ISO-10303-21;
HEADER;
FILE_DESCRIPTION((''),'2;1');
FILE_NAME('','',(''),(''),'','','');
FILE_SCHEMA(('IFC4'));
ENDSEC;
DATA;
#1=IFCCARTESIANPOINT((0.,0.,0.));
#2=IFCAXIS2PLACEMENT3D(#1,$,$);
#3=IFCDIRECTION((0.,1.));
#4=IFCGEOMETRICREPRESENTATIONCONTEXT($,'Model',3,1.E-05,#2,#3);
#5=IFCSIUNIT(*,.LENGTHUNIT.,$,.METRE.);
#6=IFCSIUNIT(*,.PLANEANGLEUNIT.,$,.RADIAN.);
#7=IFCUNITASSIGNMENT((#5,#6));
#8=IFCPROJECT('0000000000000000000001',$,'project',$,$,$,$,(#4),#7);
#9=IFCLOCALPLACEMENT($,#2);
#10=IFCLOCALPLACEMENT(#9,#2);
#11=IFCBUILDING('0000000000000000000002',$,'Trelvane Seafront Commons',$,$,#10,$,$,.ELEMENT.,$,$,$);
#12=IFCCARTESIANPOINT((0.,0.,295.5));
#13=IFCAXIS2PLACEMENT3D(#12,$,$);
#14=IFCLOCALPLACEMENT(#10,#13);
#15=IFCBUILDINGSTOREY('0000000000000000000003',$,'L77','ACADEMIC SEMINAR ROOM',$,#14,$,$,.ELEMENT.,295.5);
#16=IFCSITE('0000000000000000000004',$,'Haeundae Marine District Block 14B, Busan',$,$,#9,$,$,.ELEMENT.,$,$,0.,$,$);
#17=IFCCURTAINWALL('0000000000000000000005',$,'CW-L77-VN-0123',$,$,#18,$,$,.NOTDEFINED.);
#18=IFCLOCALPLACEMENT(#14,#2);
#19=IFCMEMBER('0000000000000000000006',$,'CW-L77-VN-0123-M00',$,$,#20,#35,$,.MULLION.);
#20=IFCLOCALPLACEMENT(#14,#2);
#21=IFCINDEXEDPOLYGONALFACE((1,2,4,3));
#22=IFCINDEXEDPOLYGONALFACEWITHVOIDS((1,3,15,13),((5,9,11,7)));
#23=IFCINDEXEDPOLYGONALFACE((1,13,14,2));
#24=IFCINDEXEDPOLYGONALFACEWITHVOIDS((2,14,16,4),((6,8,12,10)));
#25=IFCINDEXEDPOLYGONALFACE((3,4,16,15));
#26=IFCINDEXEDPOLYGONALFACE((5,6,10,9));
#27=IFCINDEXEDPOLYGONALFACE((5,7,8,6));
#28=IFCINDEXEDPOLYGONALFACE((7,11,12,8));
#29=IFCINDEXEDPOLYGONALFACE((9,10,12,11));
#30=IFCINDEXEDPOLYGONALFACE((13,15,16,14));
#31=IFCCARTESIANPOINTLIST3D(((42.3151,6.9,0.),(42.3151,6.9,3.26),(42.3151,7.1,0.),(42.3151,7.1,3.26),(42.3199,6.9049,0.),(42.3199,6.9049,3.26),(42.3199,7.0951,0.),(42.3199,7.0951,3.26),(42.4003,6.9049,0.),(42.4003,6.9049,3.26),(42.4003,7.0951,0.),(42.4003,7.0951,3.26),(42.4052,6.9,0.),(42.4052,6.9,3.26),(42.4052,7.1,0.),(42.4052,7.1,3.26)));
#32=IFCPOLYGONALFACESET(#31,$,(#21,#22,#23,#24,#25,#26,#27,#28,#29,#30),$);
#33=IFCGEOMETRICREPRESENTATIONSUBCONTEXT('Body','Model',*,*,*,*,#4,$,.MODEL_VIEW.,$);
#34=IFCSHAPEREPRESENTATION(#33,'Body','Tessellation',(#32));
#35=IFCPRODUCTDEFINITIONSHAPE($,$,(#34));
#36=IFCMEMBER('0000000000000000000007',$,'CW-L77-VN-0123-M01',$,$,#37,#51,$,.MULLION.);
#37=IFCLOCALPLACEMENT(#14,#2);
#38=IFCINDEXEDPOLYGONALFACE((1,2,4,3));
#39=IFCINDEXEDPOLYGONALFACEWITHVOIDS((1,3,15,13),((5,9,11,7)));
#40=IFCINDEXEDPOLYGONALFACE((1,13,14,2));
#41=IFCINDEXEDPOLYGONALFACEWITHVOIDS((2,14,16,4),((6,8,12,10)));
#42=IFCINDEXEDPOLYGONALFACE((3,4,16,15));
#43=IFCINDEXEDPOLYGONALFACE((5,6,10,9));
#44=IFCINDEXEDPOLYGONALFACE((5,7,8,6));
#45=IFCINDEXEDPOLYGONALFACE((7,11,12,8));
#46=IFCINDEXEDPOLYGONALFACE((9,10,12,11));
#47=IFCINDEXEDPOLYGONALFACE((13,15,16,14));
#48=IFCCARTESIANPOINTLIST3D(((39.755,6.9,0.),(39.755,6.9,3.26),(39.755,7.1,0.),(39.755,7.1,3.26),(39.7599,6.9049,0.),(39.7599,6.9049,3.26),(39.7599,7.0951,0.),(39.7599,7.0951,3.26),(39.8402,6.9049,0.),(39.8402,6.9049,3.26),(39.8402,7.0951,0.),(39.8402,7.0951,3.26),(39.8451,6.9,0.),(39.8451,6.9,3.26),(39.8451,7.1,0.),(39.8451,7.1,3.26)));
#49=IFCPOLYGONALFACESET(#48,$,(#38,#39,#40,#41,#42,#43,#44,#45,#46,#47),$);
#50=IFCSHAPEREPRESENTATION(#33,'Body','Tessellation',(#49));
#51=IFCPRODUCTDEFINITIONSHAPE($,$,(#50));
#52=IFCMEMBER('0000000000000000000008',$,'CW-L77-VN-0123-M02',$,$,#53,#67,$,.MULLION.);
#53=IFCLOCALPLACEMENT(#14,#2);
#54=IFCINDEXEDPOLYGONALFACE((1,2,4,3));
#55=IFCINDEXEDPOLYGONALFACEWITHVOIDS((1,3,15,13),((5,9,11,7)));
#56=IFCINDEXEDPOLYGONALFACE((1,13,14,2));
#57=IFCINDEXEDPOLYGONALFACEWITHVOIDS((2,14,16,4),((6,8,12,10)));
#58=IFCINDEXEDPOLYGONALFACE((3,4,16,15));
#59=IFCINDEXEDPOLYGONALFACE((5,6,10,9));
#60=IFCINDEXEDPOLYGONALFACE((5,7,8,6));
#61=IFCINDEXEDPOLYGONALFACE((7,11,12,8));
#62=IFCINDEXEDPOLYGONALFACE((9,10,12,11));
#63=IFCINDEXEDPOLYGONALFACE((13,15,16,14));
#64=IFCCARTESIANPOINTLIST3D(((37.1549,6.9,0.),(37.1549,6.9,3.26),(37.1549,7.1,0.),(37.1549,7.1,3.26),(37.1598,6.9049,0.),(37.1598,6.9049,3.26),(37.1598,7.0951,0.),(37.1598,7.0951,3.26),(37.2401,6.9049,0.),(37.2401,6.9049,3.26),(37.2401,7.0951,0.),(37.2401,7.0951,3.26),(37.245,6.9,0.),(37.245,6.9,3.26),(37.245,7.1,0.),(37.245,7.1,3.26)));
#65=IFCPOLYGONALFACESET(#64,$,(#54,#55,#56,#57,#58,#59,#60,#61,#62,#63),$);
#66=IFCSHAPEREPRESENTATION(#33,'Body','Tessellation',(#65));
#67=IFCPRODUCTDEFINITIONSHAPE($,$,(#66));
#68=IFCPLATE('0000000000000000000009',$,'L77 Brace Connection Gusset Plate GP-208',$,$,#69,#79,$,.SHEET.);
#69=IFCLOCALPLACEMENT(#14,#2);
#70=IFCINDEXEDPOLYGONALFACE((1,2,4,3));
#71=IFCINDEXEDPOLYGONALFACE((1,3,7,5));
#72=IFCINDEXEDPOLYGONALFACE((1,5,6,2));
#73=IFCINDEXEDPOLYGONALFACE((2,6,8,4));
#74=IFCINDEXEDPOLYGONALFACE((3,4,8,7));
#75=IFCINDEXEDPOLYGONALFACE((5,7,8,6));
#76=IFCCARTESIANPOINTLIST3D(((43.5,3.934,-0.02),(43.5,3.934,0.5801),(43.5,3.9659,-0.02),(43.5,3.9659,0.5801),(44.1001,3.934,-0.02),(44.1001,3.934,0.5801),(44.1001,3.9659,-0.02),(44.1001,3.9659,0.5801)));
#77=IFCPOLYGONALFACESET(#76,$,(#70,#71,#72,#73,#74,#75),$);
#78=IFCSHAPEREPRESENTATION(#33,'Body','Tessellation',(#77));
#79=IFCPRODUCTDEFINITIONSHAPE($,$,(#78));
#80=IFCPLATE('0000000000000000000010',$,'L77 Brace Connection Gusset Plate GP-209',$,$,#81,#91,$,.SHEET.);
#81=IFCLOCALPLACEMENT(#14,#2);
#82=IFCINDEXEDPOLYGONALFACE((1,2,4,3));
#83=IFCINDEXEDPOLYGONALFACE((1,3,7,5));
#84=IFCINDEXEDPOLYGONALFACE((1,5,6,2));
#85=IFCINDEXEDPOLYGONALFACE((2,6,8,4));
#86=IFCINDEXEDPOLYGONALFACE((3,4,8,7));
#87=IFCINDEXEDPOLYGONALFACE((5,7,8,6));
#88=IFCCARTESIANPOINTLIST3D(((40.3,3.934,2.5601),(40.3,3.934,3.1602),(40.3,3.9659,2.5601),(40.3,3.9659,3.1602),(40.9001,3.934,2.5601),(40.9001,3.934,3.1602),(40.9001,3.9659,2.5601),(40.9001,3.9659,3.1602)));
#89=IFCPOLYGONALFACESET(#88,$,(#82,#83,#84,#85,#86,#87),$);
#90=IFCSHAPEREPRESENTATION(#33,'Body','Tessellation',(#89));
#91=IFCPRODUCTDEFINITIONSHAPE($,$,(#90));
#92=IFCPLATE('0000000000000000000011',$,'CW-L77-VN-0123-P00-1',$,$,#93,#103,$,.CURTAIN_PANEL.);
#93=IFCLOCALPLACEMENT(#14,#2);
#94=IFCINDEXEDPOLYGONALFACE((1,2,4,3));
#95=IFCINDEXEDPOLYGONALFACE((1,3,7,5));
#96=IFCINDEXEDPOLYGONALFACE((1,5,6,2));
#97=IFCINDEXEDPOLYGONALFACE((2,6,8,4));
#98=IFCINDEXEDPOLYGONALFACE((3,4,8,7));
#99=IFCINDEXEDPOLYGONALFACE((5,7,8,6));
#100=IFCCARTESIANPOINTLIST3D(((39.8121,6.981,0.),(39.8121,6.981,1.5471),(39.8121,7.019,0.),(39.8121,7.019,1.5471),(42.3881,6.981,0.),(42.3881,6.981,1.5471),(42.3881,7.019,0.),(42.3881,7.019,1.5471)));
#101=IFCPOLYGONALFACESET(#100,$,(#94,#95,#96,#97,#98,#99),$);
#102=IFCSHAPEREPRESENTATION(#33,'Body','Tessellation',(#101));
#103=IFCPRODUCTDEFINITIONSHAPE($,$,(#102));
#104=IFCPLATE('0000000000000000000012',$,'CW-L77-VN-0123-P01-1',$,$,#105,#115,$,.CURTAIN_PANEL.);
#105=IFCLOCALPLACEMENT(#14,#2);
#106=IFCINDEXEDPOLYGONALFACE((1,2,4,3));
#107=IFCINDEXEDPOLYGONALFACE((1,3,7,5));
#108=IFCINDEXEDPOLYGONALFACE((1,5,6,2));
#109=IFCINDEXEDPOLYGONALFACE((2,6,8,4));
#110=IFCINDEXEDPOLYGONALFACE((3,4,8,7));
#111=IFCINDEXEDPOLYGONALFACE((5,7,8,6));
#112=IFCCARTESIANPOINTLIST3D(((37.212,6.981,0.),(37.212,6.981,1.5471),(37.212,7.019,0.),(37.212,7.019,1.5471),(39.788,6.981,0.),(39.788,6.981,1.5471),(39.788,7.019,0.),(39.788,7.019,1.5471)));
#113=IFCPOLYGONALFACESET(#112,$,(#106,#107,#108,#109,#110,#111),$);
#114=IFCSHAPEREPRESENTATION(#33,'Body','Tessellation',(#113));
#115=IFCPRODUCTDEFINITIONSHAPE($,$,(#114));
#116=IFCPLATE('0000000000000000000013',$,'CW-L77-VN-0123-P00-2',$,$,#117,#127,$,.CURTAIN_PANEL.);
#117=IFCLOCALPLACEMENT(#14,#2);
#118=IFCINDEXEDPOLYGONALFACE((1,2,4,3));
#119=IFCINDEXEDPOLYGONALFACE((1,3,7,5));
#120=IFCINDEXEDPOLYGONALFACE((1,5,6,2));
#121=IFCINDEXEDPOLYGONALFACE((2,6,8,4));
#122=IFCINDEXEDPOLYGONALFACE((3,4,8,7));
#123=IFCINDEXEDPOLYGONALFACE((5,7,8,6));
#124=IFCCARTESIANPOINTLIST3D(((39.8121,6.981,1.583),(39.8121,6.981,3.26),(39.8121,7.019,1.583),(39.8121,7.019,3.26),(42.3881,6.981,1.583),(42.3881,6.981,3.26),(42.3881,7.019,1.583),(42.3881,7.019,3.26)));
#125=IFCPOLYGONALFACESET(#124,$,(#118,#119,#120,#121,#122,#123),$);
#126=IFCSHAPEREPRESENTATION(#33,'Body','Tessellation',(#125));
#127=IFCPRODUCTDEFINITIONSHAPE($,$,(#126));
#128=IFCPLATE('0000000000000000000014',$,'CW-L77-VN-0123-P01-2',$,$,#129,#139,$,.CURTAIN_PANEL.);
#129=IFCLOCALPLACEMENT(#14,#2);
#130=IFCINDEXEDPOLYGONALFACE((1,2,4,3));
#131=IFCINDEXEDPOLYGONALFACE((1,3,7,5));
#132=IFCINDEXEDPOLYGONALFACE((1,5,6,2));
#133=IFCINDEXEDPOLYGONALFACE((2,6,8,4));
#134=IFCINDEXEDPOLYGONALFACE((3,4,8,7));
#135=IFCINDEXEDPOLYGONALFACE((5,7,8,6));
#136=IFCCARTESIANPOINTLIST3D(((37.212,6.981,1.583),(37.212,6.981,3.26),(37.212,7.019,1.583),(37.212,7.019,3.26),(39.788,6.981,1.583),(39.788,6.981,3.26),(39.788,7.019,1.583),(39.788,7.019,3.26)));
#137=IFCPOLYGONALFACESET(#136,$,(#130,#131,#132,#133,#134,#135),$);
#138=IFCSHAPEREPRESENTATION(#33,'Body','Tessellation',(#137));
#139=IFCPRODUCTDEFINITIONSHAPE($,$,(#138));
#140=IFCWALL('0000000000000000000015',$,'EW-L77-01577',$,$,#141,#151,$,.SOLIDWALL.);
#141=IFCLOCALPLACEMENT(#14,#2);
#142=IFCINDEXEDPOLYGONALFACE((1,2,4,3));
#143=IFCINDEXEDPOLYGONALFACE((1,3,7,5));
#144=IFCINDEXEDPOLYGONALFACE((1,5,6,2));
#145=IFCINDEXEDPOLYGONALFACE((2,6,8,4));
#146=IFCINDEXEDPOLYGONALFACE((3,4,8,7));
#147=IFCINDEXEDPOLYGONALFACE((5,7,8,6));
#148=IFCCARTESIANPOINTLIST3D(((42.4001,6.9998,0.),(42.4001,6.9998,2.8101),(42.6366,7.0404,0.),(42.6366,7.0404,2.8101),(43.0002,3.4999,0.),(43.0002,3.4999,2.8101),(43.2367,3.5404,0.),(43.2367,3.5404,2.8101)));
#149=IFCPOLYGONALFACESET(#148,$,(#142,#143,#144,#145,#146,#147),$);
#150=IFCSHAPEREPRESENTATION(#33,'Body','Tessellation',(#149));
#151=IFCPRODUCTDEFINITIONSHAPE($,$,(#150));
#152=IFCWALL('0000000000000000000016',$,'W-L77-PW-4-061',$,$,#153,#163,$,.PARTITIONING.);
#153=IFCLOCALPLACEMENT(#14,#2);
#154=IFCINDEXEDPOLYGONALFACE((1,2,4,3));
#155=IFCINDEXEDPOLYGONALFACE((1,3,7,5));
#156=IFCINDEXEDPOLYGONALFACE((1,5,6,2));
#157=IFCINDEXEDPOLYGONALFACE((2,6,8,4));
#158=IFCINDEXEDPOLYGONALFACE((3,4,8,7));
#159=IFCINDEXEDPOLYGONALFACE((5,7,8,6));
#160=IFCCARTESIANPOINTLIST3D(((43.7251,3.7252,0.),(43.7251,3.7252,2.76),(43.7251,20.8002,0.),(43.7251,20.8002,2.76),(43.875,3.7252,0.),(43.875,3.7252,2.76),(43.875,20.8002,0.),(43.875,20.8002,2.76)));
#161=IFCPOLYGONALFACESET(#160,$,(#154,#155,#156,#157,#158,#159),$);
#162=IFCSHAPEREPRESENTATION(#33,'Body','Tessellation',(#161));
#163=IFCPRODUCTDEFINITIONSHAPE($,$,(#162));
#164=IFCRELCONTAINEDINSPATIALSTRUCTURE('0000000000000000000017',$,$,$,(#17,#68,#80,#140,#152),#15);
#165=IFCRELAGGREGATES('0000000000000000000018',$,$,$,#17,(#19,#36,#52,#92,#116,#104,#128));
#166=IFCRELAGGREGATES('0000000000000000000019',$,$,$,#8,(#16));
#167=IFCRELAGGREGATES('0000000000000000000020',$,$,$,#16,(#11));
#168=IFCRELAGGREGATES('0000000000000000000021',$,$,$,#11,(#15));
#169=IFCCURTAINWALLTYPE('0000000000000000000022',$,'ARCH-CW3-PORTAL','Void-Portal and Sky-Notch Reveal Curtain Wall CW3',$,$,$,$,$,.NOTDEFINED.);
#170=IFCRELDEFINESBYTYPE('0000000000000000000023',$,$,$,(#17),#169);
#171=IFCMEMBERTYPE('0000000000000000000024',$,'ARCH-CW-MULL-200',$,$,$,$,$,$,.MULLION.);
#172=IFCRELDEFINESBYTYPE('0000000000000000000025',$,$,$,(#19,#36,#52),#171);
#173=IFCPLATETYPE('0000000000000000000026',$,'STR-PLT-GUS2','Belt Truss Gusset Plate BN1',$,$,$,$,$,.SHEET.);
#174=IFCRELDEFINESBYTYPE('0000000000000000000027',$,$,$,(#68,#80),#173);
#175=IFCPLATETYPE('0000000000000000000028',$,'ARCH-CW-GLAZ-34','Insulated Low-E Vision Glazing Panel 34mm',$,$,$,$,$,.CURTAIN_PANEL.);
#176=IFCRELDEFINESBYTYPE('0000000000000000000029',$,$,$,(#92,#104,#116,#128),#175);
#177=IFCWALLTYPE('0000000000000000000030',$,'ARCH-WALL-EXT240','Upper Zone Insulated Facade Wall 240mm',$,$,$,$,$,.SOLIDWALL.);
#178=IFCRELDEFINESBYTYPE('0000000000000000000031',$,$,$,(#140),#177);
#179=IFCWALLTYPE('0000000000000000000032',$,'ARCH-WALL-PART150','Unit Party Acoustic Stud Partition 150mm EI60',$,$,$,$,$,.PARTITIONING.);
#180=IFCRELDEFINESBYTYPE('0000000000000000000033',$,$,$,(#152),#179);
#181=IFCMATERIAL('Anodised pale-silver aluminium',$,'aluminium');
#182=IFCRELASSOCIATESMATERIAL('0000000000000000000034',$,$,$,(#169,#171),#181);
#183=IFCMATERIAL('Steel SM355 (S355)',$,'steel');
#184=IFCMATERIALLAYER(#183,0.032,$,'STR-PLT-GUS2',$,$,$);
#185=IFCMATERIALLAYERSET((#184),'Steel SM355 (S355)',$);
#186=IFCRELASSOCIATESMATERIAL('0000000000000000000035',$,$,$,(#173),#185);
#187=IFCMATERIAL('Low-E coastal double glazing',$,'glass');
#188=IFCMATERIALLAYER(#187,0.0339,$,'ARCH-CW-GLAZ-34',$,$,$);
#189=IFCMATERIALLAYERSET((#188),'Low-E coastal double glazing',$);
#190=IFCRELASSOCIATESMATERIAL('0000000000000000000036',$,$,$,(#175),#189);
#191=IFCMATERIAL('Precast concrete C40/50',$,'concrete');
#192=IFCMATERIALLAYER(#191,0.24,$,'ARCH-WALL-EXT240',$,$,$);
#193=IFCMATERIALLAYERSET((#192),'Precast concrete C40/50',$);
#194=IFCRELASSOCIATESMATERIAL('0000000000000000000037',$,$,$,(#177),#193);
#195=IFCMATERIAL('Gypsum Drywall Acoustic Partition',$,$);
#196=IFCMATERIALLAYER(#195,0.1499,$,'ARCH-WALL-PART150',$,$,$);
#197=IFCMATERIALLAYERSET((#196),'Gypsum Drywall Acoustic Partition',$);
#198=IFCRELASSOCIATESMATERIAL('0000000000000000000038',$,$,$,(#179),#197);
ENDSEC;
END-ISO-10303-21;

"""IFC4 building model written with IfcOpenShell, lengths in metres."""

from ifc_helpers import new_model, si_unit, direction, frame, frame_2d, origin, origin_2d, place, context, subcontext, project, spatial, rectangle, hollow_rectangle, extrude, source, transform, mapped, material, layer, layer_set, material_profile, profile_set, type_object, element, aggregate, save


model = new_model("IFC4")

# Units and contexts
model_context = context("Model", 3, precision=1e-05, world=origin(), true_north=direction((0.0, 1.0)))
body_context = subcontext(model_context, "Body", "Model", "MODEL_VIEW")
ifc_project = project(units=[si_unit("LENGTHUNIT", "METRE"), si_unit("PLANEANGLEUNIT", "RADIAN")], contexts=[model_context])

# Site, building, storey
site_placement = place(None, origin())
site = spatial("IfcSite", under=ifc_project, at=site_placement, Name="Haeundae Marine District Block 14B, Busan", CompositionType="ELEMENT", RefElevation=0.0)
building_placement = place(site_placement, origin())
building = spatial("IfcBuilding", under=site, at=building_placement, Name="Trelvane Seafront Commons", CompositionType="ELEMENT")
storey_placement = place(building_placement, frame((0.0, 0.0, 295.5)))
storey = spatial("IfcBuildingStorey", under=building, at=storey_placement, Name="L77", Description="ACADEMIC SEMINAR ROOM", CompositionType="ELEMENT", Elevation=295.5)

# Shared definitions
ifc_material_1 = material(Name="Steel SM355 (S355)", Category="steel")

# Curtain wall, members
ifc_material_2 = material(Name="Anodised pale-silver aluminium", Category="aluminium")
curtain_wall_type = type_object("IfcCurtainWallType", Name="ARCH-CW3-PORTAL", Description="Void-Portal and Sky-Notch Reveal Curtain Wall CW3", PredefinedType="NOTDEFINED", material=ifc_material_2)
curtain_wall_placement = place(storey_placement, origin())
curtain_wall = element("IfcCurtainWall", 1, at=curtain_wall_placement, inside=storey, type_object=curtain_wall_type, Name="CW-L77-VN-0123", PredefinedType="NOTDEFINED")
ifc_material_profile_1 = material_profile(ifc_material_2, hollow_rectangle(XDim=0.0901, YDim=0.2, WallThickness=0.0049, at=origin_2d()), Name="MULL-90x200x5")
ifc_profile_set_1 = profile_set([ifc_material_profile_1], Name="Anodised pale-silver aluminium")
member_type_1 = type_object("IfcMemberType", Name="ARCH-CW-MULL-200", PredefinedType="MULLION", material=ifc_profile_set_1)
shared_shape_1 = source(origin(), body_context, "Body", "SweptSolid", [
    extrude(hollow_rectangle(XDim=0.0901, YDim=0.2, WallThickness=0.0049, at=origin_2d()), origin(), (0.0, 0.0, 1.0), 3.26),
])
member_1_placement = place(storey_placement, frame((42.3601, 7.0, 0.0), z_axis=(0.0, 0.0, 1.0), x_axis=(1.0, 0.0, 0.0)))
member_1 = element("IfcMember", 2, at=member_1_placement, type_object=member_type_1, Name="CW-L77-VN-0123-M00", PredefinedType="MULLION", context=body_context, shape_type="MappedRepresentation", body=[
    mapped(shared_shape_1, transform((0.0, 0.0, 0.0), x_axis=(1.0, 0.0, 0.0), y_axis=(0.0, 1.0, 0.0), z_axis=(0.0, 0.0, 1.0), scale=1.0)),
])
member_2_placement = place(storey_placement, frame((39.8, 7.0, 0.0), z_axis=(0.0, 0.0, 1.0), x_axis=(1.0, 0.0, 0.0)))
member_2 = element("IfcMember", 3, at=member_2_placement, type_object=member_type_1, Name="CW-L77-VN-0123-M01", PredefinedType="MULLION", context=body_context, shape_type="MappedRepresentation", body=[
    mapped(shared_shape_1, transform((0.0, 0.0, 0.0), x_axis=(1.0, 0.0, 0.0), y_axis=(0.0, 1.0, 0.0), z_axis=(0.0, 0.0, 1.0), scale=1.0)),
])
member_3_placement = place(storey_placement, frame((37.2, 7.0, 0.0), z_axis=(0.0, 0.0, 1.0), x_axis=(1.0, 0.0, 0.0)))
member_3 = element("IfcMember", 4, at=member_3_placement, type_object=member_type_1, Name="CW-L77-VN-0123-M02", PredefinedType="MULLION", context=body_context, shape_type="MappedRepresentation", body=[
    mapped(shared_shape_1, transform((0.0, 0.0, 0.0), x_axis=(1.0, 0.0, 0.0), y_axis=(0.0, 1.0, 0.0), z_axis=(0.0, 0.0, 1.0), scale=1.0)),
])

# Plates
ifc_layer_1 = layer(ifc_material_1, 0.032, Name="STR-PLT-GUS2")
ifc_layer_set_1 = layer_set([ifc_layer_1], Name="Steel SM355 (S355)")
plate_type_1 = type_object("IfcPlateType", Name="STR-PLT-GUS2", Description="Belt Truss Gusset Plate BN1", PredefinedType="SHEET", material=ifc_layer_set_1)
shared_shape_2 = source(origin(), body_context, "Body", "SweptSolid", [
    extrude(rectangle(XDim=0.6001, YDim=0.032, at=origin_2d()), origin(), (0.0, 0.0, 1.0), 0.6001),
])
for number, where, z_axis, x_axis, name in (
    (5, (43.8, 3.95, -0.02), (0.0, 0.0, 1.0), (1.0, 0.0, 0.0), "L77 Brace Connection Gusset Plate GP-208"),
    (6, (40.6001, 3.95, 2.5601), (0.0, 0.0, 1.0), (1.0, 0.0, 0.0), "L77 Brace Connection Gusset Plate GP-209"),
):
    element("IfcPlate", number, at=place(storey_placement, frame(where, z_axis=z_axis, x_axis=x_axis)), inside=storey, type_object=plate_type_1, Name=name, PredefinedType="SHEET", context=body_context, shape_type="MappedRepresentation", body=[
        mapped(shared_shape_2, transform((0.0, 0.0, 0.0), x_axis=(1.0, 0.0, 0.0), y_axis=(0.0, 1.0, 0.0), z_axis=(0.0, 0.0, 1.0), scale=1.0)),
    ])

# Plates
ifc_material_3 = material(Name="Low-E coastal double glazing", Category="glass")
ifc_layer_2 = layer(ifc_material_3, 0.0339, Name="ARCH-CW-GLAZ-34")
ifc_layer_set_2 = layer_set([ifc_layer_2], Name="Low-E coastal double glazing")
plate_type_2 = type_object("IfcPlateType", Name="ARCH-CW-GLAZ-34", Description="Insulated Low-E Vision Glazing Panel 34mm", PredefinedType="CURTAIN_PANEL", material=ifc_layer_set_2)
shared_shape_3 = source(origin(), body_context, "Body", "SweptSolid", [
    extrude(rectangle(XDim=2.5759, YDim=0.0381, at=origin_2d()), origin(), (0.0, 0.0, 1.0), 1.5471),
])
plate_1_placement = place(storey_placement, frame((41.1001, 7.0, 0.0), z_axis=(0.0, 0.0, 1.0), x_axis=(-1.0, 0.0, 0.0)))
plate_1 = element("IfcPlate", 7, at=plate_1_placement, type_object=plate_type_2, Name="CW-L77-VN-0123-P00-1", PredefinedType="CURTAIN_PANEL", context=body_context, shape_type="MappedRepresentation", body=[
    mapped(shared_shape_3, transform((0.0, 0.0, 0.0), x_axis=(1.0, 0.0, 0.0), y_axis=(0.0, 1.0, 0.0), z_axis=(0.0, 0.0, 1.0), scale=1.0)),
])
plate_2_placement = place(storey_placement, frame((38.5, 7.0, 0.0), z_axis=(0.0, 0.0, 1.0), x_axis=(-1.0, 0.0, 0.0)))
plate_2 = element("IfcPlate", 8, at=plate_2_placement, type_object=plate_type_2, Name="CW-L77-VN-0123-P01-1", PredefinedType="CURTAIN_PANEL", context=body_context, shape_type="MappedRepresentation", body=[
    mapped(shared_shape_3, transform((0.0, 0.0, 0.0), x_axis=(1.0, 0.0, 0.0), y_axis=(0.0, 1.0, 0.0), z_axis=(0.0, 0.0, 1.0), scale=1.0)),
])
shared_shape_4 = source(origin(), body_context, "Body", "SweptSolid", [
    extrude(rectangle(XDim=2.5759, YDim=0.0381, at=origin_2d()), origin(), (0.0, 0.0, 1.0), 1.677),
])
plate_3_placement = place(storey_placement, frame((41.1001, 7.0, 1.583), z_axis=(0.0, 0.0, 1.0), x_axis=(-1.0, 0.0, 0.0)))
plate_3 = element("IfcPlate", 9, at=plate_3_placement, type_object=plate_type_2, Name="CW-L77-VN-0123-P00-2", PredefinedType="CURTAIN_PANEL", context=body_context, shape_type="MappedRepresentation", body=[
    mapped(shared_shape_4, transform((0.0, 0.0, 0.0), x_axis=(1.0, 0.0, 0.0), y_axis=(0.0, 1.0, 0.0), z_axis=(0.0, 0.0, 1.0), scale=1.0)),
])
plate_4_placement = place(storey_placement, frame((38.5, 7.0, 1.583), z_axis=(0.0, 0.0, 1.0), x_axis=(-1.0, 0.0, 0.0)))
plate_4 = element("IfcPlate", 10, at=plate_4_placement, type_object=plate_type_2, Name="CW-L77-VN-0123-P01-2", PredefinedType="CURTAIN_PANEL", context=body_context, shape_type="MappedRepresentation", body=[
    mapped(shared_shape_4, transform((0.0, 0.0, 0.0), x_axis=(1.0, 0.0, 0.0), y_axis=(0.0, 1.0, 0.0), z_axis=(0.0, 0.0, 1.0), scale=1.0)),
])
aggregate(curtain_wall, [member_1, member_2, member_3, plate_1, plate_3, plate_2, plate_4])

# Wall
ifc_material_4 = material(Name="Precast concrete C40/50", Category="concrete")
ifc_layer_3 = layer(ifc_material_4, 0.24, Name="ARCH-WALL-EXT240")
ifc_layer_set_3 = layer_set([ifc_layer_3], Name="Precast concrete C40/50")
wall_type_1 = type_object("IfcWallType", Name="ARCH-WALL-EXT240", Description="Upper Zone Insulated Facade Wall 240mm", PredefinedType="SOLIDWALL", material=ifc_layer_set_3)
wall_1_placement = place(storey_placement, frame((43.1184, 3.5203, 0.0), z_axis=(0.0, 0.0, 1.0), x_axis=(-0.168991, 0.985618, 0.0)))
element("IfcWall", 11, at=wall_1_placement, inside=storey, type_object=wall_type_1, Name="EW-L77-01577", PredefinedType="SOLIDWALL", context=body_context, shape_type="SweptSolid", body=[
    extrude(rectangle(XDim=3.551, YDim=0.24, at=frame_2d((1.7754, 0.0))), origin(), (0.0, 0.0, 1.0), 2.8101),
])

# Shared definitions
ifc_material_5 = material(Name="Gypsum Drywall Acoustic Partition")

# Wall
ifc_layer_4 = layer(ifc_material_5, 0.1499, Name="ARCH-WALL-PART150")
ifc_layer_set_4 = layer_set([ifc_layer_4], Name="Gypsum Drywall Acoustic Partition")
wall_type_2 = type_object("IfcWallType", Name="ARCH-WALL-PART150", Description="Unit Party Acoustic Stud Partition 150mm EI60", PredefinedType="PARTITIONING", material=ifc_layer_set_4)
wall_2_placement = place(storey_placement, frame((43.8, 3.7251, 0.0), z_axis=(0.0, 0.0, 1.0), x_axis=(0.0, 1.0, 0.0)))
element("IfcWall", 12, at=wall_2_placement, inside=storey, type_object=wall_type_2, Name="W-L77-PW-4-061", PredefinedType="PARTITIONING", context=body_context, shape_type="SweptSolid", body=[
    extrude(rectangle(XDim=17.075, YDim=0.1499, at=frame_2d((8.5376, 0.0))), origin(), (0.0, 0.0, 1.0), 2.76),
])

save(model, "model.ifc")
